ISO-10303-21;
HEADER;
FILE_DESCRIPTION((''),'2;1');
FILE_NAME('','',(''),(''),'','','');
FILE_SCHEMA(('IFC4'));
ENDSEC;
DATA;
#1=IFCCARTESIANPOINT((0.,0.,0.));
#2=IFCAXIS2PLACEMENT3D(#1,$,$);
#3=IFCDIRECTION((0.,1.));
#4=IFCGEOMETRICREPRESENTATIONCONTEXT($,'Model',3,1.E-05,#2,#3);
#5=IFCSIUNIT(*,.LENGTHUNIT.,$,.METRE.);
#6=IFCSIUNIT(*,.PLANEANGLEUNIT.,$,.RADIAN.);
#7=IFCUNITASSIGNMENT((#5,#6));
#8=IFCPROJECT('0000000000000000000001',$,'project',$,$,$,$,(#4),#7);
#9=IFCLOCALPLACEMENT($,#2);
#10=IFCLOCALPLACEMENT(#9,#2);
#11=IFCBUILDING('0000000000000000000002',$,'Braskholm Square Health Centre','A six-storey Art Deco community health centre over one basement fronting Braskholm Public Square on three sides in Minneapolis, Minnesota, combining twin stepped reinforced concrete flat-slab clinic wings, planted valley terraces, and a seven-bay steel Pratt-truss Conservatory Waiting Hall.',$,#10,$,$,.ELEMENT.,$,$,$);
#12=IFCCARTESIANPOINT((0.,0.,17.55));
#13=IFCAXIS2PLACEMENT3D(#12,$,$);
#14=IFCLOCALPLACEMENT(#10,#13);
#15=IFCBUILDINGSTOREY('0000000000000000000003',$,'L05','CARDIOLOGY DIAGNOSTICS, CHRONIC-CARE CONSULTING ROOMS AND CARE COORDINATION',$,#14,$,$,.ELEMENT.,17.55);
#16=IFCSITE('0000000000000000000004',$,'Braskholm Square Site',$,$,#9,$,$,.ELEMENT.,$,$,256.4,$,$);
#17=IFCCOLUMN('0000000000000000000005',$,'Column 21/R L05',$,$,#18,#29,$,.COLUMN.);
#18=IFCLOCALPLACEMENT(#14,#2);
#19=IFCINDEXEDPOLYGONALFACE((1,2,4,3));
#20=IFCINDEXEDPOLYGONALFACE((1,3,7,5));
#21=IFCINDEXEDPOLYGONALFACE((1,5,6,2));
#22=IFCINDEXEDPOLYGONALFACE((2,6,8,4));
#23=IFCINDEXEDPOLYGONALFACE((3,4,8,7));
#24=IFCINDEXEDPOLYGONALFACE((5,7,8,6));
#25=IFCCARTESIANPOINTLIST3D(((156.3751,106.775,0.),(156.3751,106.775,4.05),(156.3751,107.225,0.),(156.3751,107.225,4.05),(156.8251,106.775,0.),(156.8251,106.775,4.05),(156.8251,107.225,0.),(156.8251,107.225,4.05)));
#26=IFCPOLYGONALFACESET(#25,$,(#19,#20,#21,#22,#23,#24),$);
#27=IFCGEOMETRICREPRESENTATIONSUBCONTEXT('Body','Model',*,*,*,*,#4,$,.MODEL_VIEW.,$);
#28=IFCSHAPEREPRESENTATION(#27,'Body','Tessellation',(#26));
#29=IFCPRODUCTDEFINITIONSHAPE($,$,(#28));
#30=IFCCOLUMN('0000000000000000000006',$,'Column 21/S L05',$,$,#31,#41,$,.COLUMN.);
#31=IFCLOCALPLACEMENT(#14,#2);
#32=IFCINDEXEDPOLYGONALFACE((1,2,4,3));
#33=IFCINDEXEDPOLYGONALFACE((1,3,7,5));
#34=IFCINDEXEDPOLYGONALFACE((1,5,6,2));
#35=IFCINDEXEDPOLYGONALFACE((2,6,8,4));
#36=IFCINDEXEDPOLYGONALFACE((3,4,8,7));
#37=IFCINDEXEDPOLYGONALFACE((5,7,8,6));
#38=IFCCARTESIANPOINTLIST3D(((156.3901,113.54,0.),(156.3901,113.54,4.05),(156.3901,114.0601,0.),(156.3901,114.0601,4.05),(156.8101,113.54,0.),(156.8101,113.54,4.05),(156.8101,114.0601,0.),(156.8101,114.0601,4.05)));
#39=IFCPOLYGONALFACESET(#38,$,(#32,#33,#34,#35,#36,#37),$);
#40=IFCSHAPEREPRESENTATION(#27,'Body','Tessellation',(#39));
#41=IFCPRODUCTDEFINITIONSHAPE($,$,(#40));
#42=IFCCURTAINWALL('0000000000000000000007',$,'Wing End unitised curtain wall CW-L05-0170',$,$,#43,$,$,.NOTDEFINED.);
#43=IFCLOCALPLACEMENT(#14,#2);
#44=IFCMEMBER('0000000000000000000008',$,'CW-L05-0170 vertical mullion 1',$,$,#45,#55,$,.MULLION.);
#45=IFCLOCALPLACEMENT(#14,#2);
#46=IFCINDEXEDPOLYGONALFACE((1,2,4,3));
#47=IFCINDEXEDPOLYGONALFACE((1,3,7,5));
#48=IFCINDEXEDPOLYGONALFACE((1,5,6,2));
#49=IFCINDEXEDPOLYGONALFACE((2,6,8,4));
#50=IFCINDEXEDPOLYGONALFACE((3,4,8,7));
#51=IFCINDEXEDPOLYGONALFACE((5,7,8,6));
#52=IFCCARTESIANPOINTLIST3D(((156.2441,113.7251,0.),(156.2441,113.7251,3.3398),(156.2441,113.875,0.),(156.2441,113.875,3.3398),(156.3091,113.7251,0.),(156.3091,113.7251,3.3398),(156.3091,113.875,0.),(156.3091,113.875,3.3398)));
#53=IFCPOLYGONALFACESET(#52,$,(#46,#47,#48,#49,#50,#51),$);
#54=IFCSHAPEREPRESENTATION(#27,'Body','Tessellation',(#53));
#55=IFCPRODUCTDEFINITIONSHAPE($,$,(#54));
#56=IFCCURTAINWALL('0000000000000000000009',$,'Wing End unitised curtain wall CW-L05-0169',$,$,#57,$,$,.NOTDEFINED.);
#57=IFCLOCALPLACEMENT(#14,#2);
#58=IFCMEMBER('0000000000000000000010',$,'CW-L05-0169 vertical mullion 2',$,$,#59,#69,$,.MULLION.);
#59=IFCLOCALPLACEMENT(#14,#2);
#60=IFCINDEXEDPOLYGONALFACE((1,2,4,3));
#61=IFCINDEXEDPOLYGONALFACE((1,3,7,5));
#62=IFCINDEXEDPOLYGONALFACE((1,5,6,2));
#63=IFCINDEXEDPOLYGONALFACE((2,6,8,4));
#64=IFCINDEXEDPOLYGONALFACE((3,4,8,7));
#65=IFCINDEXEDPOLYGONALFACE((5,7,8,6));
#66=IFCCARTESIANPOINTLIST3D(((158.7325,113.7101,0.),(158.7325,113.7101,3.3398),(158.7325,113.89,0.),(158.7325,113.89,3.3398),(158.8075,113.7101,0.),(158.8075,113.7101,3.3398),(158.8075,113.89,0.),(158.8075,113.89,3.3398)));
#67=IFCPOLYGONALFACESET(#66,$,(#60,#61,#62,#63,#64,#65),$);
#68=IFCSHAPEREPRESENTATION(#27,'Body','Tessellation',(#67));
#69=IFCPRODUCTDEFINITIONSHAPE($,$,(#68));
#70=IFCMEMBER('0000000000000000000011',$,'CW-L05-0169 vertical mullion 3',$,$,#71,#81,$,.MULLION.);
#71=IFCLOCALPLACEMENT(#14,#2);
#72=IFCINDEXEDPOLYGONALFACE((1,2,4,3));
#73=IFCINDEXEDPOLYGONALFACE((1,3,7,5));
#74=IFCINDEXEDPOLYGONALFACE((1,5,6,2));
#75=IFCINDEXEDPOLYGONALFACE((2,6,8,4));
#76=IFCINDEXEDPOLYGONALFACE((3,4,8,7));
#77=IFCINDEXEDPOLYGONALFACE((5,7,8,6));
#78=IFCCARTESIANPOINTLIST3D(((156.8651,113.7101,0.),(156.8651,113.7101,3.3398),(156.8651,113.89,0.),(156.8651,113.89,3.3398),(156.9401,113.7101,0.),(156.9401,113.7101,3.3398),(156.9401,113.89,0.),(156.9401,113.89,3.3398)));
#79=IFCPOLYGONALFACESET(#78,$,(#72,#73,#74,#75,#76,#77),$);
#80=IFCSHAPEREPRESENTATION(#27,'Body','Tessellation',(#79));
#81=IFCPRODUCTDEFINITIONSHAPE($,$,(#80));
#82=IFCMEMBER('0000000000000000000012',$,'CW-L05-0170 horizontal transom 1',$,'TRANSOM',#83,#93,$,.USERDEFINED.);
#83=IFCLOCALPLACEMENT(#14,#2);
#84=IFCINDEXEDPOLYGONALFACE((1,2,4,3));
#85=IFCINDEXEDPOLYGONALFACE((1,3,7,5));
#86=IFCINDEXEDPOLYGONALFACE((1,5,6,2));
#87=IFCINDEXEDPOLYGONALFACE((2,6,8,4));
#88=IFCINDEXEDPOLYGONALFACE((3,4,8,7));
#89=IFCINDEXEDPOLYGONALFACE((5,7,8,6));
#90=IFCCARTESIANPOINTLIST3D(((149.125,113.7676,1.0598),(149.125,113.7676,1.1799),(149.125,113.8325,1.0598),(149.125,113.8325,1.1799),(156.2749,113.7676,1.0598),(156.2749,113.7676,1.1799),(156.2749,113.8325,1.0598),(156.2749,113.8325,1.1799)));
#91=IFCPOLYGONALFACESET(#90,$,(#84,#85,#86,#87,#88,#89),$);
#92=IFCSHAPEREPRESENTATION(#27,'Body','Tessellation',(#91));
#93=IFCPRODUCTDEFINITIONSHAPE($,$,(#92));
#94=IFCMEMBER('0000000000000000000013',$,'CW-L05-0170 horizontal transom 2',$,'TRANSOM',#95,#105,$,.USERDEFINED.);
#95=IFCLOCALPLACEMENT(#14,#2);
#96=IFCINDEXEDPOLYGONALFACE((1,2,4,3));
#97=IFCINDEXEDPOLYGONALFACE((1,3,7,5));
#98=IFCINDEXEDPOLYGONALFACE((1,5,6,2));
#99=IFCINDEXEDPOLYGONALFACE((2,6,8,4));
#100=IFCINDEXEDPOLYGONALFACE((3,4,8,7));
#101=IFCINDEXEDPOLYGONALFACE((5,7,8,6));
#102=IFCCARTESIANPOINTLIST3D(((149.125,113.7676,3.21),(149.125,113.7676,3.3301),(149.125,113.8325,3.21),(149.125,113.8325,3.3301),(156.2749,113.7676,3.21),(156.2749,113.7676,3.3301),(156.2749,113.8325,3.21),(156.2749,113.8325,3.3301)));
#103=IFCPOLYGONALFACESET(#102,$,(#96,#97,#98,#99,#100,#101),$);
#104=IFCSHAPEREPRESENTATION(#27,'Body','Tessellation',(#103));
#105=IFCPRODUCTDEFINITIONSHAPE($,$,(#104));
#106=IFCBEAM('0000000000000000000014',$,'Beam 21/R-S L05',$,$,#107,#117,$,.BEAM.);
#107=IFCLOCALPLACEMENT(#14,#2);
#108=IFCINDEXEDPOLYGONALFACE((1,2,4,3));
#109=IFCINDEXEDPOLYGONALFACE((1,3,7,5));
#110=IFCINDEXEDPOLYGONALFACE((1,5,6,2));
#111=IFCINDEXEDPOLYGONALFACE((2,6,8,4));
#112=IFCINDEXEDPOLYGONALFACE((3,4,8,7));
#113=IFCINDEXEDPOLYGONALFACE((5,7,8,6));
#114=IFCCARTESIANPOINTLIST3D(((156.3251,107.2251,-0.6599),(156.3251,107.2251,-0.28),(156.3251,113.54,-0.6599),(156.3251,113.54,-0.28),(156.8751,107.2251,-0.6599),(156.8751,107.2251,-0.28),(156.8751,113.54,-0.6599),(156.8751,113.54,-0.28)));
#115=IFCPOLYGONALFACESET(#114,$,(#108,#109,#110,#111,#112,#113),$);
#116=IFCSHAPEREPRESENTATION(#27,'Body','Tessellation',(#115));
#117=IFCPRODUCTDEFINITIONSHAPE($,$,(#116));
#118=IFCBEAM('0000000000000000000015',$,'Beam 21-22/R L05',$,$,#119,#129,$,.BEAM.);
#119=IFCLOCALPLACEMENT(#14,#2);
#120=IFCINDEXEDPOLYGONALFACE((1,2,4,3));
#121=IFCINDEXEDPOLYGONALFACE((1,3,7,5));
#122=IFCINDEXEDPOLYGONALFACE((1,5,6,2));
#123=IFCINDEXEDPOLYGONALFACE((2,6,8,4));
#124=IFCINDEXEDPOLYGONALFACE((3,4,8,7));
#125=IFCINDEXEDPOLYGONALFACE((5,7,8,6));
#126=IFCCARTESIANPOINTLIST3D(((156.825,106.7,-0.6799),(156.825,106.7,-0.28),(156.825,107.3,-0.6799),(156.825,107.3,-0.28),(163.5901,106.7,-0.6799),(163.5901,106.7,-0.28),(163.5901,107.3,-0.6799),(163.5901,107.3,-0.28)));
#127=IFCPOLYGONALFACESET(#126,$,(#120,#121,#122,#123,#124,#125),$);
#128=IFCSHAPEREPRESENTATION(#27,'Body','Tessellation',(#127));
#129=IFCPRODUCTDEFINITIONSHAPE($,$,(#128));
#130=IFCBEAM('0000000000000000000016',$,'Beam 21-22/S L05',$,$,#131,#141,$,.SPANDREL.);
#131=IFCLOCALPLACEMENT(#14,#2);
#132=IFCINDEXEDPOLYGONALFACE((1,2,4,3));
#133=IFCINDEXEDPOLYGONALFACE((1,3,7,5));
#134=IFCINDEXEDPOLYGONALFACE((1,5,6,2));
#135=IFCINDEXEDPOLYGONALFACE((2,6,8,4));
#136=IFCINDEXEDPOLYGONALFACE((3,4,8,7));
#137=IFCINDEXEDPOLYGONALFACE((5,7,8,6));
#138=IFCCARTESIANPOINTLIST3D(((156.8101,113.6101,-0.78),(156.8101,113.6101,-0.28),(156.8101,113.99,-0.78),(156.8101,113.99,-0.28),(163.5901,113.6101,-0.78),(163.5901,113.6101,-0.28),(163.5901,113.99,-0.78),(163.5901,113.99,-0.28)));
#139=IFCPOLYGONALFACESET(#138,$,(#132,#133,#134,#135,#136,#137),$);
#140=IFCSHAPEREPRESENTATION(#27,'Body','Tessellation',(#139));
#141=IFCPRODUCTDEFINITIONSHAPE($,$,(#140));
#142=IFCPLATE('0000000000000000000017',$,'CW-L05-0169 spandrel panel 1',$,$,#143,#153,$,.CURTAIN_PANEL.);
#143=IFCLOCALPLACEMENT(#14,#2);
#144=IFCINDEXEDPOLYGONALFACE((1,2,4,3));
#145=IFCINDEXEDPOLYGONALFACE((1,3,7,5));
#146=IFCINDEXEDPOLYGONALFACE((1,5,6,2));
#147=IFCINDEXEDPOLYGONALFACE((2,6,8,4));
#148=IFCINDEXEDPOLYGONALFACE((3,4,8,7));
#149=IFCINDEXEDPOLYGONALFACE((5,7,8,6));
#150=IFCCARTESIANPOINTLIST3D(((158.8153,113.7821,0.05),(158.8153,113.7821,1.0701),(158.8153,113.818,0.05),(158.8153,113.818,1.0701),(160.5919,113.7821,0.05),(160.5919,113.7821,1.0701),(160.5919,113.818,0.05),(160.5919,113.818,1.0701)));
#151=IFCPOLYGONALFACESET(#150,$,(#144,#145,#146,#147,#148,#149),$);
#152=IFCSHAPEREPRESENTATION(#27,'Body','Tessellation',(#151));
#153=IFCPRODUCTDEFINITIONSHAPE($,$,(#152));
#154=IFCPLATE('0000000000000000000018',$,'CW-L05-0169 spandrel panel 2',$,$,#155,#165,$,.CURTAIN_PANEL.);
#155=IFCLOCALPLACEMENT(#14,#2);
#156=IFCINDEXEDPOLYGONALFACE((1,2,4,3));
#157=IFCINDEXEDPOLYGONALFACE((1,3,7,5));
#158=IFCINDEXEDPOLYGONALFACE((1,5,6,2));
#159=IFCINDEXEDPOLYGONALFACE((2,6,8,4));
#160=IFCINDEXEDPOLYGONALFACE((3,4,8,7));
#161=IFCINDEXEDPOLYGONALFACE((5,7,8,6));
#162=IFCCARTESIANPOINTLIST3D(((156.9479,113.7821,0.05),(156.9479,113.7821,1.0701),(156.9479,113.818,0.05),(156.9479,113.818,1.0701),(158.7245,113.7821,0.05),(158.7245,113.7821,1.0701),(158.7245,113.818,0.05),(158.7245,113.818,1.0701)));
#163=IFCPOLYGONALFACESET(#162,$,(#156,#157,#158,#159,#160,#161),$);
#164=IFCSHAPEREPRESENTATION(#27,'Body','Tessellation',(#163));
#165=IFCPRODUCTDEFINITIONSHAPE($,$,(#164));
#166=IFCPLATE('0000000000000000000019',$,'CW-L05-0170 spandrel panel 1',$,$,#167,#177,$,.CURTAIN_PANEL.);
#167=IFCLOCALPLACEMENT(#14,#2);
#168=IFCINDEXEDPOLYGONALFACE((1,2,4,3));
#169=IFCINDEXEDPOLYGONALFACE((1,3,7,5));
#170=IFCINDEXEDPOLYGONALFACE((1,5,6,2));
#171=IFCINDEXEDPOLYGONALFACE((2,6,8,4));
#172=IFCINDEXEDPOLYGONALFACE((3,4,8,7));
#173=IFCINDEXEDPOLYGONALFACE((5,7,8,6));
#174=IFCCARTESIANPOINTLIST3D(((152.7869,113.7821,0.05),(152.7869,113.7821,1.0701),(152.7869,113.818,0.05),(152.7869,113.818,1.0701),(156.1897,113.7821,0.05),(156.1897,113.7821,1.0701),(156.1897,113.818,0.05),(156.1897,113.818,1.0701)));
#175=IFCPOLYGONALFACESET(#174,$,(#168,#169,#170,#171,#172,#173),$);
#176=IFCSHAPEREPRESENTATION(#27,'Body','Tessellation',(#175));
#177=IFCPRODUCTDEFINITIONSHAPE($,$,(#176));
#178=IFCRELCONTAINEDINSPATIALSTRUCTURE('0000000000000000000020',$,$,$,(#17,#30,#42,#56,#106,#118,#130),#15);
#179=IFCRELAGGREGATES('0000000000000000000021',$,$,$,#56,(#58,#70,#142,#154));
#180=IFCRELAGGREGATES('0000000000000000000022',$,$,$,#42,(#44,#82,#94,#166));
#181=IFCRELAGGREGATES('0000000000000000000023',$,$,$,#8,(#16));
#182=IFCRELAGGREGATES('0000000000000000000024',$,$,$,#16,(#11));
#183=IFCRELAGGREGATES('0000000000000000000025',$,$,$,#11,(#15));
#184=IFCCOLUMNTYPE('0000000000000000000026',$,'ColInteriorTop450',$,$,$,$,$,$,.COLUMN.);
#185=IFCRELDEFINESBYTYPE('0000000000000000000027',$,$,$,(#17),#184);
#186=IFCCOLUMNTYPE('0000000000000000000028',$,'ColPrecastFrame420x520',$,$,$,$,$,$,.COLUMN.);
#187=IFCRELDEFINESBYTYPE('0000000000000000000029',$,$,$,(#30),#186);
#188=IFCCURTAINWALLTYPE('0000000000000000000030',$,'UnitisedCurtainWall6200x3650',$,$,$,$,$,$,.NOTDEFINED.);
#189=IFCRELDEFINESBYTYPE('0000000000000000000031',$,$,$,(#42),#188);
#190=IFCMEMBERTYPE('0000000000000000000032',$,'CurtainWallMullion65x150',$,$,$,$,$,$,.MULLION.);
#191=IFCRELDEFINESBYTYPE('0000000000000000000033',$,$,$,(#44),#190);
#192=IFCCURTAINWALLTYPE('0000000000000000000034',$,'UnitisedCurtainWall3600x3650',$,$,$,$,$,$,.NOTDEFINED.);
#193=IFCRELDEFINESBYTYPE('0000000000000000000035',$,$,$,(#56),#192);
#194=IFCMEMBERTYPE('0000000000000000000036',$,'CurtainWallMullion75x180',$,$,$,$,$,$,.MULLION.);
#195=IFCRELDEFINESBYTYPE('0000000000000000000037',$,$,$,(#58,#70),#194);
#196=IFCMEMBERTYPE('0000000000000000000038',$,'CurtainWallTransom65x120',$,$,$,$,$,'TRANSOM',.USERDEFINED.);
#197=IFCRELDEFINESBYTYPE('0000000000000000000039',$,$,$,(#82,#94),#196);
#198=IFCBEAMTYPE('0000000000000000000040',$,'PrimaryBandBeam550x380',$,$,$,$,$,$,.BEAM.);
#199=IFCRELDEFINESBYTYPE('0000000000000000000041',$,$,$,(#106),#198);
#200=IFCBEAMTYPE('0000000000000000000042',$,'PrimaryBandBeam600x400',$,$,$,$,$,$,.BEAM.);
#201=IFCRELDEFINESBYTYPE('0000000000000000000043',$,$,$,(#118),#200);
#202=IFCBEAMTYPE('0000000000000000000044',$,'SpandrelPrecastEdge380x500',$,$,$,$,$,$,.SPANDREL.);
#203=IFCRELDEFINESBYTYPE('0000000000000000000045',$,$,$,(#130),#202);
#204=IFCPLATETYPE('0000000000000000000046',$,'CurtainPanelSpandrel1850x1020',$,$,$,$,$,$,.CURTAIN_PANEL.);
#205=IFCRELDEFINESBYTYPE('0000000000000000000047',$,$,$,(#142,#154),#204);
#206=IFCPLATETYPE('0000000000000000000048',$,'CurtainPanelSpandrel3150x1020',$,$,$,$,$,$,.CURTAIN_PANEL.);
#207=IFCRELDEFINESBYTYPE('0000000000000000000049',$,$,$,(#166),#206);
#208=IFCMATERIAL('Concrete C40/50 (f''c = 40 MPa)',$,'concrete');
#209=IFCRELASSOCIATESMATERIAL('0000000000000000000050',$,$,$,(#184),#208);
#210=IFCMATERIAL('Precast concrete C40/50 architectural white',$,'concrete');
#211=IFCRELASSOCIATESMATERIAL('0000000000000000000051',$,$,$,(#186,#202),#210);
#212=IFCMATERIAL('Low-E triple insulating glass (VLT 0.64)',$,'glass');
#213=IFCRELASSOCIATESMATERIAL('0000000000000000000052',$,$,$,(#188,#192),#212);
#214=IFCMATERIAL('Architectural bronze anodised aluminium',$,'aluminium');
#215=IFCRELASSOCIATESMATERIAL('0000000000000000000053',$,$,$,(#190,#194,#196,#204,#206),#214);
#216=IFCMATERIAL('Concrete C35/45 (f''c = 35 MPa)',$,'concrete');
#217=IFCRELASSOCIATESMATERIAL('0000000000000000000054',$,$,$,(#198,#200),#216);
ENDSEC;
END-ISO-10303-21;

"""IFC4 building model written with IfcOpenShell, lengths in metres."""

from ifc_helpers import new_model, si_unit, direction, frame, origin, origin_2d, place, context, subcontext, project, spatial, rectangle, extrude, material, material_profile, profile_set, type_object, element, aggregate, save


model = new_model("IFC4")

# Units and contexts
model_context = context("Model", 3, precision=1e-05, world=origin(), true_north=direction((0.0, 1.0)))
body_context = subcontext(model_context, "Body", "Model", "MODEL_VIEW")
ifc_project = project(units=[si_unit("LENGTHUNIT", "METRE"), si_unit("PLANEANGLEUNIT", "RADIAN")], contexts=[model_context])

# Site, building, storey
site_placement = place(None, origin())
site = spatial("IfcSite", under=ifc_project, at=site_placement, Name="Braskholm Square Site", CompositionType="ELEMENT", RefElevation=256.4)
building_placement = place(site_placement, origin())
building = spatial("IfcBuilding", under=site, at=building_placement, Name="Braskholm Square Health Centre", Description="A six-storey Art Deco community health centre over one basement fronting Braskholm Public Square on three sides in Minneapolis, Minnesota, combining twin stepped reinforced concrete flat-slab clinic wings, planted valley terraces, and a seven-bay steel Pratt-truss Conservatory Waiting Hall.", CompositionType="ELEMENT")
storey_placement = place(building_placement, frame((0.0, 0.0, 17.55)))
storey = spatial("IfcBuildingStorey", under=building, at=storey_placement, Name="L05", Description="CARDIOLOGY DIAGNOSTICS, CHRONIC-CARE CONSULTING ROOMS AND CARE COORDINATION", CompositionType="ELEMENT", Elevation=17.55)

# Columns
ifc_material_1 = material(Name="Concrete C40/50 (f'c = 40 MPa)", Category="concrete")
ifc_material_profile_1 = material_profile(ifc_material_1, rectangle(XDim=0.45, YDim=0.45, at=origin_2d()), Name="RC-450X450")
ifc_profile_set_1 = profile_set([ifc_material_profile_1], Name="Concrete C40/50 (f'c = 40 MPa)")
column_type_1 = type_object("IfcColumnType", Name="ColInteriorTop450", PredefinedType="COLUMN", material=ifc_profile_set_1)
column_1_placement = place(storey_placement, frame((156.6001, 107.0, 0.0), z_axis=(0.0, 0.0, 1.0), x_axis=(1.0, 0.0, 0.0)))
element("IfcColumn", 1, at=column_1_placement, inside=storey, type_object=column_type_1, Name="Column 21/R L05", PredefinedType="COLUMN", context=body_context, shape_type="SweptSolid", body=[
    extrude(rectangle(XDim=0.45, YDim=0.45, at=origin_2d()), origin(), (0.0, 0.0, 1.0), 4.05),
])
ifc_material_2 = material(Name="Precast concrete C40/50 architectural white", Category="concrete")
ifc_material_profile_2 = material_profile(ifc_material_2, rectangle(XDim=0.4199, YDim=0.52, at=origin_2d()), Name="RC-420X520")
ifc_profile_set_2 = profile_set([ifc_material_profile_2], Name="Precast concrete C40/50 architectural white")
column_type_2 = type_object("IfcColumnType", Name="ColPrecastFrame420x520", PredefinedType="COLUMN", material=ifc_profile_set_2)
column_2_placement = place(storey_placement, frame((156.6001, 113.8, 0.0), z_axis=(0.0, 0.0, 1.0), x_axis=(1.0, 0.0, 0.0)))
element("IfcColumn", 2, at=column_2_placement, inside=storey, type_object=column_type_2, Name="Column 21/S L05", PredefinedType="COLUMN", context=body_context, shape_type="SweptSolid", body=[
    extrude(rectangle(XDim=0.4199, YDim=0.52, at=origin_2d()), origin(), (0.0, 0.0, 1.0), 4.05),
])

# Curtain wall, member
ifc_material_3 = material(Name="Low-E triple insulating glass (VLT 0.64)", Category="glass")
curtain_wall_type_1 = type_object("IfcCurtainWallType", Name="UnitisedCurtainWall6200x3650", PredefinedType="NOTDEFINED", material=ifc_material_3)
curtain_wall_1_placement = place(storey_placement, origin())
curtain_wall_1 = element("IfcCurtainWall", 3, at=curtain_wall_1_placement, inside=storey, type_object=curtain_wall_type_1, Name="Wing End unitised curtain wall CW-L05-0170", PredefinedType="NOTDEFINED")
ifc_material_4 = material(Name="Architectural bronze anodised aluminium", Category="aluminium")
ifc_material_profile_3 = material_profile(ifc_material_4, rectangle(XDim=0.0649, YDim=0.1499, at=origin_2d()), Name="ALU-65X150")
ifc_profile_set_3 = profile_set([ifc_material_profile_3], Name="Architectural bronze anodised aluminium")
member_type_1 = type_object("IfcMemberType", Name="CurtainWallMullion65x150", PredefinedType="MULLION", material=ifc_profile_set_3)
member_1_placement = place(storey_placement, frame((156.2766, 113.8, 0.0), z_axis=(0.0, 0.0, 1.0), x_axis=(1.0, 0.0, 0.0)))
member_1 = element("IfcMember", 4, at=member_1_placement, type_object=member_type_1, Name="CW-L05-0170 vertical mullion 1", PredefinedType="MULLION", context=body_context, shape_type="SweptSolid", body=[
    extrude(rectangle(XDim=0.0649, YDim=0.1499, at=origin_2d()), origin(), (0.0, 0.0, 1.0), 3.3398),
])

# Curtain wall, members
curtain_wall_type_2 = type_object("IfcCurtainWallType", Name="UnitisedCurtainWall3600x3650", PredefinedType="NOTDEFINED", material=ifc_material_3)
curtain_wall_2_placement = place(storey_placement, origin())
curtain_wall_2 = element("IfcCurtainWall", 5, at=curtain_wall_2_placement, inside=storey, type_object=curtain_wall_type_2, Name="Wing End unitised curtain wall CW-L05-0169", PredefinedType="NOTDEFINED")
ifc_material_profile_4 = material_profile(ifc_material_4, rectangle(XDim=0.075, YDim=0.1799, at=origin_2d()), Name="ALU-75X180")
ifc_profile_set_4 = profile_set([ifc_material_profile_4], Name="Architectural bronze anodised aluminium")
member_type_2 = type_object("IfcMemberType", Name="CurtainWallMullion75x180", PredefinedType="MULLION", material=ifc_profile_set_4)
member_2_placement = place(storey_placement, frame((158.77, 113.8, 0.0), z_axis=(0.0, 0.0, 1.0), x_axis=(1.0, 0.0, 0.0)))
member_2 = element("IfcMember", 6, at=member_2_placement, type_object=member_type_2, Name="CW-L05-0169 vertical mullion 2", PredefinedType="MULLION", context=body_context, shape_type="SweptSolid", body=[
    extrude(rectangle(XDim=0.075, YDim=0.1799, at=origin_2d()), origin(), (0.0, 0.0, 1.0), 3.3398),
])
member_3_placement = place(storey_placement, frame((156.9026, 113.8, 0.0), z_axis=(0.0, 0.0, 1.0), x_axis=(1.0, 0.0, 0.0)))
member_3 = element("IfcMember", 7, at=member_3_placement, type_object=member_type_2, Name="CW-L05-0169 vertical mullion 3", PredefinedType="MULLION", context=body_context, shape_type="SweptSolid", body=[
    extrude(rectangle(XDim=0.075, YDim=0.1799, at=origin_2d()), origin(), (0.0, 0.0, 1.0), 3.3398),
])

# Members
ifc_material_profile_5 = material_profile(ifc_material_4, rectangle(XDim=0.0649, YDim=0.1201, at=origin_2d()), Name="ALU-65X120")
ifc_profile_set_5 = profile_set([ifc_material_profile_5], Name="Architectural bronze anodised aluminium")
member_type_3 = type_object("IfcMemberType", Name="CurtainWallTransom65x120", ElementType="TRANSOM", PredefinedType="USERDEFINED", material=ifc_profile_set_5)
member_4_placement = place(storey_placement, frame((156.2749, 113.8, 1.1199), z_axis=(-1.0, 0.0, 0.0), x_axis=(0.0, -1.0, 0.0)))
member_4 = element("IfcMember", 8, at=member_4_placement, type_object=member_type_3, Name="CW-L05-0170 horizontal transom 1", ObjectType="TRANSOM", PredefinedType="USERDEFINED", context=body_context, shape_type="SweptSolid", body=[
    extrude(rectangle(XDim=0.0649, YDim=0.1201, at=origin_2d()), origin(), (0.0, 0.0, 1.0), 7.1499),
])
member_5_placement = place(storey_placement, frame((156.2749, 113.8, 3.27), z_axis=(-1.0, 0.0, 0.0), x_axis=(0.0, -1.0, 0.0)))
member_5 = element("IfcMember", 9, at=member_5_placement, type_object=member_type_3, Name="CW-L05-0170 horizontal transom 2", ObjectType="TRANSOM", PredefinedType="USERDEFINED", context=body_context, shape_type="SweptSolid", body=[
    extrude(rectangle(XDim=0.0649, YDim=0.1201, at=origin_2d()), origin(), (0.0, 0.0, 1.0), 7.1499),
])

# Beams
ifc_material_5 = material(Name="Concrete C35/45 (f'c = 35 MPa)", Category="concrete")
ifc_material_profile_6 = material_profile(ifc_material_5, rectangle(XDim=0.55, YDim=0.3799, at=origin_2d()), Name="RCB-550X380")
ifc_profile_set_6 = profile_set([ifc_material_profile_6], Name="Concrete C35/45 (f'c = 35 MPa)")
beam_type_1 = type_object("IfcBeamType", Name="PrimaryBandBeam550x380", PredefinedType="BEAM", material=ifc_profile_set_6)
beam_1_placement = place(storey_placement, frame((156.6001, 107.2251, -0.47), z_axis=(0.0, 1.0, 0.0), x_axis=(-1.0, 0.0, 0.0)))
element("IfcBeam", 10, at=beam_1_placement, inside=storey, type_object=beam_type_1, Name="Beam 21/R-S L05", PredefinedType="BEAM", context=body_context, shape_type="SweptSolid", body=[
    extrude(rectangle(XDim=0.55, YDim=0.3799, at=origin_2d()), origin(), (0.0, 0.0, 1.0), 6.3149),
])
ifc_material_profile_7 = material_profile(ifc_material_5, rectangle(XDim=0.6001, YDim=0.3999, at=origin_2d()), Name="RCB-600X400")
ifc_profile_set_7 = profile_set([ifc_material_profile_7], Name="Concrete C35/45 (f'c = 35 MPa)")
beam_type_2 = type_object("IfcBeamType", Name="PrimaryBandBeam600x400", PredefinedType="BEAM", material=ifc_profile_set_7)
beam_2_placement = place(storey_placement, frame((156.825, 107.0, -0.48), z_axis=(1.0, 0.0, 0.0), x_axis=(0.0, 1.0, 0.0)))
element("IfcBeam", 11, at=beam_2_placement, inside=storey, type_object=beam_type_2, Name="Beam 21-22/R L05", PredefinedType="BEAM", context=body_context, shape_type="SweptSolid", body=[
    extrude(rectangle(XDim=0.6001, YDim=0.3999, at=origin_2d()), origin(), (0.0, 0.0, 1.0), 6.7651),
])
ifc_material_profile_8 = material_profile(ifc_material_2, rectangle(XDim=0.3799, YDim=0.5, at=origin_2d()), Name="RCB-380X500")
ifc_profile_set_8 = profile_set([ifc_material_profile_8], Name="Precast concrete C40/50 architectural white")
beam_type_3 = type_object("IfcBeamType", Name="SpandrelPrecastEdge380x500", PredefinedType="SPANDREL", material=ifc_profile_set_8)
beam_3_placement = place(storey_placement, frame((156.8101, 113.8, -0.53), z_axis=(1.0, 0.0, 0.0), x_axis=(0.0, 1.0, 0.0)))
element("IfcBeam", 12, at=beam_3_placement, inside=storey, type_object=beam_type_3, Name="Beam 21-22/S L05", PredefinedType="SPANDREL", context=body_context, shape_type="SweptSolid", body=[
    extrude(rectangle(XDim=0.3799, YDim=0.5, at=origin_2d()), origin(), (0.0, 0.0, 1.0), 6.78),
])

# Plates
plate_type_1 = type_object("IfcPlateType", Name="CurtainPanelSpandrel1850x1020", PredefinedType="CURTAIN_PANEL", material=ifc_material_4)
plate_1_placement = place(storey_placement, frame((159.7036, 113.8, 0.05), z_axis=(0.0, 0.0, 1.0), x_axis=(-1.0, 0.0, 0.0)))
plate_1 = element("IfcPlate", 13, at=plate_1_placement, type_object=plate_type_1, Name="CW-L05-0169 spandrel panel 1", PredefinedType="CURTAIN_PANEL", context=body_context, shape_type="SweptSolid", body=[
    extrude(rectangle(XDim=1.7766, YDim=0.0359, at=origin_2d()), origin(), (0.0, 0.0, 1.0), 1.02),
])
plate_2_placement = place(storey_placement, frame((157.8362, 113.8, 0.05), z_axis=(0.0, 0.0, 1.0), x_axis=(-1.0, 0.0, 0.0)))
plate_2 = element("IfcPlate", 14, at=plate_2_placement, type_object=plate_type_1, Name="CW-L05-0169 spandrel panel 2", PredefinedType="CURTAIN_PANEL", context=body_context, shape_type="SweptSolid", body=[
    extrude(rectangle(XDim=1.7766, YDim=0.0359, at=origin_2d()), origin(), (0.0, 0.0, 1.0), 1.02),
])
plate_type_2 = type_object("IfcPlateType", Name="CurtainPanelSpandrel3150x1020", PredefinedType="CURTAIN_PANEL", material=ifc_material_4)
plate_3_placement = place(storey_placement, frame((154.4883, 113.8, 0.05), z_axis=(0.0, 0.0, 1.0), x_axis=(-1.0, 0.0, 0.0)))
plate_3 = element("IfcPlate", 15, at=plate_3_placement, type_object=plate_type_2, Name="CW-L05-0170 spandrel panel 1", PredefinedType="CURTAIN_PANEL", context=body_context, shape_type="SweptSolid", body=[
    extrude(rectangle(XDim=3.4028, YDim=0.0359, at=origin_2d()), origin(), (0.0, 0.0, 1.0), 1.02),
])
aggregate(curtain_wall_2, [member_2, member_3, plate_1, plate_2])
aggregate(curtain_wall_1, [member_1, member_4, member_5, plate_3])

save(model, "model.ifc")
